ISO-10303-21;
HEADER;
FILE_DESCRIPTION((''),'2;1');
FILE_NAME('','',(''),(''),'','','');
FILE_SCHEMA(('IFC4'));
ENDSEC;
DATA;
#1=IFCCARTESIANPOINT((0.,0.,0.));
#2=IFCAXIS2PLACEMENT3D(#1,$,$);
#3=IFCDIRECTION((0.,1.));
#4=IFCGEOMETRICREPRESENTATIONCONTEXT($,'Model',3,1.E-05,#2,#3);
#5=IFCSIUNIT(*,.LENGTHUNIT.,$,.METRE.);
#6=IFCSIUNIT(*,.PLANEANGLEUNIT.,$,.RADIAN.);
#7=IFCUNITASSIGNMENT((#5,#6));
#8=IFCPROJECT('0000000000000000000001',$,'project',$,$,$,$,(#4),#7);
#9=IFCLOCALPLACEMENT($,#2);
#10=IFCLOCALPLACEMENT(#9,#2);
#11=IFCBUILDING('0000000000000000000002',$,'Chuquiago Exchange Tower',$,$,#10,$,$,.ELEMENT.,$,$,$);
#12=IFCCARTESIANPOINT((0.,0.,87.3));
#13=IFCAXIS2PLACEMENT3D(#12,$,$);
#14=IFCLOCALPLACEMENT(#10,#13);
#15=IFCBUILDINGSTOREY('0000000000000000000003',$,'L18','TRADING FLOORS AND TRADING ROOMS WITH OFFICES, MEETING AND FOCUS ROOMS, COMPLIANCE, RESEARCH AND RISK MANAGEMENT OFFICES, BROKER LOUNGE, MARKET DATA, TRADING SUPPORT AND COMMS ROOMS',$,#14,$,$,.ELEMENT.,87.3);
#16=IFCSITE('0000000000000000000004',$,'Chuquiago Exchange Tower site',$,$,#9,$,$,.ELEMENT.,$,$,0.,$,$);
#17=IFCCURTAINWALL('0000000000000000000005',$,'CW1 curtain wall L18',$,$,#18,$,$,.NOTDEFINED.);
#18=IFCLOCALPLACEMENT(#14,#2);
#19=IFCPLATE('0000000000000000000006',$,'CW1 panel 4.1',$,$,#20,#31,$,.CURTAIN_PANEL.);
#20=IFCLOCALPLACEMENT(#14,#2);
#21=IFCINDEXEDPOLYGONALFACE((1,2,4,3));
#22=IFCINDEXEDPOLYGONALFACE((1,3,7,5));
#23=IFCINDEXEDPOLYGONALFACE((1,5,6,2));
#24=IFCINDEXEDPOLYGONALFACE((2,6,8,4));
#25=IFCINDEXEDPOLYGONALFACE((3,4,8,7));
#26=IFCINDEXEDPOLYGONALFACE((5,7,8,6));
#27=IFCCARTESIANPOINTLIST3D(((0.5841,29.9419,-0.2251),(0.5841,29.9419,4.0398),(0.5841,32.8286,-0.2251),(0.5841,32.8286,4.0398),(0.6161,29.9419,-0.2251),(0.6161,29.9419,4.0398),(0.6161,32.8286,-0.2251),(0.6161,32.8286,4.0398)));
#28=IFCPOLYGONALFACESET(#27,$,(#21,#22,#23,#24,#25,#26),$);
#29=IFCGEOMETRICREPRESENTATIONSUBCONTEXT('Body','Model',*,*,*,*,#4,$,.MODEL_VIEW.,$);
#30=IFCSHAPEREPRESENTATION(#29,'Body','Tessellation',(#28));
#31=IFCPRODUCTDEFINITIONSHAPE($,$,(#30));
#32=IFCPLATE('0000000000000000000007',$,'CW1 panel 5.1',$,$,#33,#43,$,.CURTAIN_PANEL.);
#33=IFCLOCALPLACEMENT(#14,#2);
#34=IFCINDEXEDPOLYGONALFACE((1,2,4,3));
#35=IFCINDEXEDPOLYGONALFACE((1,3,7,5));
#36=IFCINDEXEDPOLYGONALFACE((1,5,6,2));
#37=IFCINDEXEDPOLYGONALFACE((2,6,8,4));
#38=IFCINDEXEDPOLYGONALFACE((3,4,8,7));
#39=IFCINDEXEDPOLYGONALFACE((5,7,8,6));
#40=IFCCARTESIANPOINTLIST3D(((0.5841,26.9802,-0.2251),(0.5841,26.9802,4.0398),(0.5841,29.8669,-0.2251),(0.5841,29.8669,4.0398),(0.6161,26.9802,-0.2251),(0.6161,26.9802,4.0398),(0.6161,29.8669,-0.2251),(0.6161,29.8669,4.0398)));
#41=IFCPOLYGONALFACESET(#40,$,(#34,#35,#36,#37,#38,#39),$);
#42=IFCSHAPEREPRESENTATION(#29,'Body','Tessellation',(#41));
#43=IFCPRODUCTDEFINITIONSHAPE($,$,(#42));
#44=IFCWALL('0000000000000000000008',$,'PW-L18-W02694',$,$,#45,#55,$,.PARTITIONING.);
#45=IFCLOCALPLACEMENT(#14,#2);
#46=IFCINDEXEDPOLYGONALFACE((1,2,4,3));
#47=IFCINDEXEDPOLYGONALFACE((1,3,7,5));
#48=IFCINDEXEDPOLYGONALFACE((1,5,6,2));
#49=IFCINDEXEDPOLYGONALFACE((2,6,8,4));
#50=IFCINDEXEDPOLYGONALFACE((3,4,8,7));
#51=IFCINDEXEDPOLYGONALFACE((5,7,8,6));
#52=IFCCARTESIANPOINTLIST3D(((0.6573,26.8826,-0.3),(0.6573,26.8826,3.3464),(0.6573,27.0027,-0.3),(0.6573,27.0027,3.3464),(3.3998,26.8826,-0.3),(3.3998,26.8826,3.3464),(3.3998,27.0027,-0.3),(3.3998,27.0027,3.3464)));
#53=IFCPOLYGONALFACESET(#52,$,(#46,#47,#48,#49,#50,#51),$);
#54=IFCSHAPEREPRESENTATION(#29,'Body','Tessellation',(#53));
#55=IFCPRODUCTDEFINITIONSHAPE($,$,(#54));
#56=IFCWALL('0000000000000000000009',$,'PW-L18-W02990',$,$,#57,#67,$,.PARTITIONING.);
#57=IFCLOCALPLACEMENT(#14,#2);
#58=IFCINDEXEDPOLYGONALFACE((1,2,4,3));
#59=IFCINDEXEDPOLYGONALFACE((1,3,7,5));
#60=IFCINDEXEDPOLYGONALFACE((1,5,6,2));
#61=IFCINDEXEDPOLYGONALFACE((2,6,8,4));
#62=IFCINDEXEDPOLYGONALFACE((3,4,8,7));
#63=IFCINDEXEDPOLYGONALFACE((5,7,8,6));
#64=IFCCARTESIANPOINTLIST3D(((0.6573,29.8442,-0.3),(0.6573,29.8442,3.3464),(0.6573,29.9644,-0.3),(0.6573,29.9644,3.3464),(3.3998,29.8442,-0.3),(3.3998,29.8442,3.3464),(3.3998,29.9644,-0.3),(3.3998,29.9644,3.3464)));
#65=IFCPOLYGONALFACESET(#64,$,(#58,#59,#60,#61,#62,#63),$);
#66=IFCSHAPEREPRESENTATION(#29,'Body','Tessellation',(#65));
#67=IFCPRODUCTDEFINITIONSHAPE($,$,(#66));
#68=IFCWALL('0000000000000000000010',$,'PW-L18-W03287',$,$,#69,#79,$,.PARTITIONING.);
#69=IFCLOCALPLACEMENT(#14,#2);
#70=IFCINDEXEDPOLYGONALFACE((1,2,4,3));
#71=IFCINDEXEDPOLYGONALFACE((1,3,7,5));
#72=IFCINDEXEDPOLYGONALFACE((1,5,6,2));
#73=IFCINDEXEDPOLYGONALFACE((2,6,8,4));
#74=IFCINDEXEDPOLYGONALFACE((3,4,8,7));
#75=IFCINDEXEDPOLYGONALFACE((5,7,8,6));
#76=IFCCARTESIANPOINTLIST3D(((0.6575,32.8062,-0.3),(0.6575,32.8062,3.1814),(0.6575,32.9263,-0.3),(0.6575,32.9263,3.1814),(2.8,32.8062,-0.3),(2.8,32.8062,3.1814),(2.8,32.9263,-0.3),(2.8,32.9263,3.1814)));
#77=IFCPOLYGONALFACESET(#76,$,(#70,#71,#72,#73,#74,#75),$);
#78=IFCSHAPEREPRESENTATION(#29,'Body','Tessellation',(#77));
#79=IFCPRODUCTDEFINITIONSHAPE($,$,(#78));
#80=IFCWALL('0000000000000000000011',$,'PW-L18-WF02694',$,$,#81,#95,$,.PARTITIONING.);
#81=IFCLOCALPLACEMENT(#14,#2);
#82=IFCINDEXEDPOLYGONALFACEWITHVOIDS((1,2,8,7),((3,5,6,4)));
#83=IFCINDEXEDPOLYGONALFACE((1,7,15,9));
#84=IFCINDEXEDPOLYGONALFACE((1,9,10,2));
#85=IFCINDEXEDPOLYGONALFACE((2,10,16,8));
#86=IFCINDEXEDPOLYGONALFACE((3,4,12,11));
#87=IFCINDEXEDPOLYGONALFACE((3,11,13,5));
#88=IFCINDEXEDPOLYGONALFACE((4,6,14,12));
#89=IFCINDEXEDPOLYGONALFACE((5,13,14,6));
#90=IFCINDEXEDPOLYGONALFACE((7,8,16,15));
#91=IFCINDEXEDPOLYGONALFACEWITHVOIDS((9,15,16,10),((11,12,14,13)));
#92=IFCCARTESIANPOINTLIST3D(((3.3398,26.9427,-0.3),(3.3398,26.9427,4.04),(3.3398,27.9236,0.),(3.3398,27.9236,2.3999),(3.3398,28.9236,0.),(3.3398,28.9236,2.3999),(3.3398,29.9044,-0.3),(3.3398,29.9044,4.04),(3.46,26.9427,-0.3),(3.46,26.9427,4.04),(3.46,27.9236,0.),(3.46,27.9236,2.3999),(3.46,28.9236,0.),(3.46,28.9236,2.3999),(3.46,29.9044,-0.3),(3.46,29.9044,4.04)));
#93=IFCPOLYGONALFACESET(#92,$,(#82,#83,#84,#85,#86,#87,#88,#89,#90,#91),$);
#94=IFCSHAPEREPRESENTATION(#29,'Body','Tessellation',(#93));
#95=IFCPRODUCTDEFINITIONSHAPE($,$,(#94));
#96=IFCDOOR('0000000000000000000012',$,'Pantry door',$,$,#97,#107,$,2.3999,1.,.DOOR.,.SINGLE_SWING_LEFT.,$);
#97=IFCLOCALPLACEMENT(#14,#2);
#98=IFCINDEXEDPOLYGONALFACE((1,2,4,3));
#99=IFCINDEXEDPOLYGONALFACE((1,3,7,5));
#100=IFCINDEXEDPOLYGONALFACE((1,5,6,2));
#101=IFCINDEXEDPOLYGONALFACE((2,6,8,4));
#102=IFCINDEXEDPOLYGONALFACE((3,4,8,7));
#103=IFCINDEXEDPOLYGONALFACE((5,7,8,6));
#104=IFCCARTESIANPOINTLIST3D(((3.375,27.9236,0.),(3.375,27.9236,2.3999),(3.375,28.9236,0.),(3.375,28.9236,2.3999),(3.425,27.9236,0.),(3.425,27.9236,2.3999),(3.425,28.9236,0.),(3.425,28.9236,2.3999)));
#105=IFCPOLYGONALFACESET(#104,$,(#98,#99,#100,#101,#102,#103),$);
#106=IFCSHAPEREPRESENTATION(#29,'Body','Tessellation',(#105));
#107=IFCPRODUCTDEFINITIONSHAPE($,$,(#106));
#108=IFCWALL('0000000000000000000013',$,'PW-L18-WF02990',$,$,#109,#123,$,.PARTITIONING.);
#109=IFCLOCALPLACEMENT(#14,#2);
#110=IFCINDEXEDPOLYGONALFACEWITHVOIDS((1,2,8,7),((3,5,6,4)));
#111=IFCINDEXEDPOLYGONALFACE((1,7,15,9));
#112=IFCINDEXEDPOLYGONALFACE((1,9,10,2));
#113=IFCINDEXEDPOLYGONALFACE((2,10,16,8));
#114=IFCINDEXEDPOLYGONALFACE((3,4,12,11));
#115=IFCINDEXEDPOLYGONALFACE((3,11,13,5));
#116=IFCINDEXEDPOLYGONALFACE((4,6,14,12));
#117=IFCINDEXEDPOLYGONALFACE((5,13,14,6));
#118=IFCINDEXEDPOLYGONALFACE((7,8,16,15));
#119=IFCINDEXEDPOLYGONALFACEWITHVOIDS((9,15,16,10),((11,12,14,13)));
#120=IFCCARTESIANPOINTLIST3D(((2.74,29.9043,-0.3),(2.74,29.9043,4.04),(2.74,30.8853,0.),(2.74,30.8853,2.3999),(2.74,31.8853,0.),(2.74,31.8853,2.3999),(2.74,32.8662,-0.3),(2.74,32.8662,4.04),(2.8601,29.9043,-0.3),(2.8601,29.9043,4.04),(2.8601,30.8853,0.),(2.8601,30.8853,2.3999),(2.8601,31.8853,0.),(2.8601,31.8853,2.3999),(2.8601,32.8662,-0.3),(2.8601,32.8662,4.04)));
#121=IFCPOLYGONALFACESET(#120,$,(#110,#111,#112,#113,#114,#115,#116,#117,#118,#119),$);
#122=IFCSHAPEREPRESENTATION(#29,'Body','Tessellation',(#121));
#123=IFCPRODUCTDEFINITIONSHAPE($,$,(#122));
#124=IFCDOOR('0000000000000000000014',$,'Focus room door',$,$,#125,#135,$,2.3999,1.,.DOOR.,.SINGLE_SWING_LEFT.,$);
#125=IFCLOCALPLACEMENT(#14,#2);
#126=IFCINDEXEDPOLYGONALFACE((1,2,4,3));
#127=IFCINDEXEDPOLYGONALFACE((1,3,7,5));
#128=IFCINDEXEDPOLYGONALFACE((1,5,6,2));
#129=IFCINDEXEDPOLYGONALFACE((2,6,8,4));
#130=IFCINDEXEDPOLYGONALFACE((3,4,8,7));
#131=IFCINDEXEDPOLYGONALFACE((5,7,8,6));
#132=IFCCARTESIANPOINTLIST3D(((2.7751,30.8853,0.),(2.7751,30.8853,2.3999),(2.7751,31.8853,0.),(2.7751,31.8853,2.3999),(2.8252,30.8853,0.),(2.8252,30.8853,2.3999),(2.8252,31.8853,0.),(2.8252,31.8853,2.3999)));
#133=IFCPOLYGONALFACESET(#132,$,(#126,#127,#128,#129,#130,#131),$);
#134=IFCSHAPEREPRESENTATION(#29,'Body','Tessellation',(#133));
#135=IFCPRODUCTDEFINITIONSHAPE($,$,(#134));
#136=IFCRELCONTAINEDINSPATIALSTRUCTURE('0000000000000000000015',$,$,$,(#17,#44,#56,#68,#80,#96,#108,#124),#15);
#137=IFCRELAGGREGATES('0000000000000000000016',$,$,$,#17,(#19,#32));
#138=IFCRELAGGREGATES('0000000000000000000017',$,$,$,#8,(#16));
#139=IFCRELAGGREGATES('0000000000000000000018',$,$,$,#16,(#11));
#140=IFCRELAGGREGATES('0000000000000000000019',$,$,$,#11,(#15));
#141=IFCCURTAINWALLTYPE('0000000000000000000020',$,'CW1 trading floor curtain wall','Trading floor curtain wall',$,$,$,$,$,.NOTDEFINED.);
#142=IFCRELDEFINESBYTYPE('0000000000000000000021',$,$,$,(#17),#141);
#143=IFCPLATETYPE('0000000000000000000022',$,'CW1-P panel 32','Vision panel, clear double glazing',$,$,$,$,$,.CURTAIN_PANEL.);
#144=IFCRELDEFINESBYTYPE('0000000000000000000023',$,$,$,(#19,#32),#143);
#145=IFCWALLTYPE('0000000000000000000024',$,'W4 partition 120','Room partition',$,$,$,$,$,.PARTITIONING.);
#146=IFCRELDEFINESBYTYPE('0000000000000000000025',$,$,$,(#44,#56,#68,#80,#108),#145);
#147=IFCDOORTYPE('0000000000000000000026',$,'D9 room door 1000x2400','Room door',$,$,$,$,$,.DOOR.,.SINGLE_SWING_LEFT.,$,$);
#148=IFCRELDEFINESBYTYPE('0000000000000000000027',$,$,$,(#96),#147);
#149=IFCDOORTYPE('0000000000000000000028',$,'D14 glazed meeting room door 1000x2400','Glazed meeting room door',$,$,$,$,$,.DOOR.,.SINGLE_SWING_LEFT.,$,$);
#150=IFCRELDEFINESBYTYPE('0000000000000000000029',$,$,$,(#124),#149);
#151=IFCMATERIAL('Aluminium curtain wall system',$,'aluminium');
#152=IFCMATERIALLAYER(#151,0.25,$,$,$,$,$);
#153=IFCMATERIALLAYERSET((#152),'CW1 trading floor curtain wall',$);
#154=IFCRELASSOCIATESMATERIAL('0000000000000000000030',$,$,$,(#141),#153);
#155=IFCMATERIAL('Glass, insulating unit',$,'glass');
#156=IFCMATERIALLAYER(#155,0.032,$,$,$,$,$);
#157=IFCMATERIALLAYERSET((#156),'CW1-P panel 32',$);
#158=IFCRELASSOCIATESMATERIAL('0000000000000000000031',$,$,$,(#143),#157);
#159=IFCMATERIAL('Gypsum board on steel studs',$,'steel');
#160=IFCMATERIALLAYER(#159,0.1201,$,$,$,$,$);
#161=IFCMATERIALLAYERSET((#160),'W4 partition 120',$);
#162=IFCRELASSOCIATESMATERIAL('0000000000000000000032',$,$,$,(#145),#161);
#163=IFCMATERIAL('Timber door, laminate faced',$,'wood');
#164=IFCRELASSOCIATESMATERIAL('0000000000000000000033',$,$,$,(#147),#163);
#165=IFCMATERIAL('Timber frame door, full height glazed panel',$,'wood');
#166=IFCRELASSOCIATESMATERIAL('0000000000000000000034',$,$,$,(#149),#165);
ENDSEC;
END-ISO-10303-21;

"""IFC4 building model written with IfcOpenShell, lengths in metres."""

from ifc_helpers import new_model, si_unit, direction, frame, frame_2d, origin, origin_2d, place, context, subcontext, project, spatial, rectangle, extrude, material, layer, layer_set, type_object, element, fill, aggregate, save


model = new_model("IFC4")

# Units and contexts
model_context = context("Model", 3, precision=1e-05, world=origin(), true_north=direction((0.0, 1.0)))
body_context = subcontext(model_context, "Body", "Model", "MODEL_VIEW")
ifc_project = project(units=[si_unit("LENGTHUNIT", "METRE"), si_unit("PLANEANGLEUNIT", "RADIAN")], contexts=[model_context])

# Site, building, storey
site_placement = place(None, origin())
site = spatial("IfcSite", under=ifc_project, at=site_placement, Name="Chuquiago Exchange Tower site", CompositionType="ELEMENT", RefElevation=0.0)
building_placement = place(site_placement, origin())
building = spatial("IfcBuilding", under=site, at=building_placement, Name="Chuquiago Exchange Tower", CompositionType="ELEMENT")
storey_placement = place(building_placement, frame((0.0, 0.0, 87.3)))
storey = spatial("IfcBuildingStorey", under=building, at=storey_placement, Name="L18", Description="TRADING FLOORS AND TRADING ROOMS WITH OFFICES, MEETING AND FOCUS ROOMS, COMPLIANCE, RESEARCH AND RISK MANAGEMENT OFFICES, BROKER LOUNGE, MARKET DATA, TRADING SUPPORT AND COMMS ROOMS", CompositionType="ELEMENT", Elevation=87.3)

# Curtain wall
ifc_material_1 = material(Name="Aluminium curtain wall system", Category="aluminium")
ifc_layer_1 = layer(ifc_material_1, 0.25)
ifc_layer_set_1 = layer_set([ifc_layer_1], Name="CW1 trading floor curtain wall")
curtain_wall_type = type_object("IfcCurtainWallType", Name="CW1 trading floor curtain wall", Description="Trading floor curtain wall", PredefinedType="NOTDEFINED", material=ifc_layer_set_1)
curtain_wall_placement = place(storey_placement, origin())
curtain_wall = element("IfcCurtainWall", 1, at=curtain_wall_placement, inside=storey, type_object=curtain_wall_type, Name="CW1 curtain wall L18", PredefinedType="NOTDEFINED")

# Plates
ifc_material_2 = material(Name="Glass, insulating unit", Category="glass")
ifc_layer_2 = layer(ifc_material_2, 0.032)
ifc_layer_set_2 = layer_set([ifc_layer_2], Name="CW1-P panel 32")
plate_type = type_object("IfcPlateType", Name="CW1-P panel 32", Description="Vision panel, clear double glazing", PredefinedType="CURTAIN_PANEL", material=ifc_layer_set_2)
plate_1_placement = place(storey_placement, frame((0.6001, 31.3853, -0.2251), z_axis=(0.0, 0.0, 1.0), x_axis=(0.0, -1.0, 0.0)))
plate_1 = element("IfcPlate", 2, at=plate_1_placement, type_object=plate_type, Name="CW1 panel 4.1", PredefinedType="CURTAIN_PANEL", context=body_context, shape_type="SweptSolid", body=[
    extrude(rectangle(XDim=2.8867, YDim=0.032, at=origin_2d()), origin(), (0.0, 0.0, 1.0), 4.2649),
])
plate_2_placement = place(storey_placement, frame((0.6001, 28.4236, -0.2251), z_axis=(0.0, 0.0, 1.0), x_axis=(0.0, -1.0, 0.0)))
plate_2 = element("IfcPlate", 3, at=plate_2_placement, type_object=plate_type, Name="CW1 panel 5.1", PredefinedType="CURTAIN_PANEL", context=body_context, shape_type="SweptSolid", body=[
    extrude(rectangle(XDim=2.8867, YDim=0.032, at=origin_2d()), origin(), (0.0, 0.0, 1.0), 4.2649),
])
aggregate(curtain_wall, [plate_1, plate_2])

# Walls
ifc_material_3 = material(Name="Gypsum board on steel studs", Category="steel")
ifc_layer_3 = layer(ifc_material_3, 0.1201)
ifc_layer_set_3 = layer_set([ifc_layer_3], Name="W4 partition 120")
wall_type = type_object("IfcWallType", Name="W4 partition 120", Description="Room partition", PredefinedType="PARTITIONING", material=ifc_layer_set_3)
for number, where, z_axis, x_axis, name in (
    (4, (0.6575, 26.9426, -0.3), (0.0, 0.0, 1.0), (1.0, 0.0, 0.0), "PW-L18-W02694"),
    (5, (0.6575, 29.9043, -0.3), (0.0, 0.0, 1.0), (1.0, 0.0, 0.0), "PW-L18-W02990"),
):
    element("IfcWall", number, at=place(storey_placement, frame(where, z_axis=z_axis, x_axis=x_axis)), inside=storey, type_object=wall_type, Name=name, PredefinedType="PARTITIONING", context=body_context, shape_type="SweptSolid", body=[
        extrude(rectangle(XDim=2.7424, YDim=0.1201, at=frame_2d((1.3711, 0.0))), origin(), (0.0, 0.0, 1.0), 3.6465),
    ])
wall_1_placement = place(storey_placement, frame((0.6575, 32.8662, -0.3), z_axis=(0.0, 0.0, 1.0), x_axis=(1.0, 0.0, 0.0)))
element("IfcWall", 6, at=wall_1_placement, inside=storey, type_object=wall_type, Name="PW-L18-W03287", PredefinedType="PARTITIONING", context=body_context, shape_type="SweptSolid", body=[
    extrude(rectangle(XDim=2.1426, YDim=0.1201, at=frame_2d((1.0713, 0.0))), origin(), (0.0, 0.0, 1.0), 3.4814),
])

# Walls, openings, doors
wall_2_placement = place(storey_placement, frame((3.3999, 26.9426, -0.3), z_axis=(0.0, 0.0, 1.0), x_axis=(0.0, 1.0, 0.0)))
wall_2 = element("IfcWall", 7, at=wall_2_placement, inside=storey, type_object=wall_type, Name="PW-L18-WF02694", PredefinedType="PARTITIONING", context=body_context, shape_type="SweptSolid", body=[
    extrude(rectangle(XDim=2.9617, YDim=0.1201, at=frame_2d((1.481, 0.0))), origin(), (0.0, 0.0, 1.0), 4.3401),
])
opening_1_placement = place(wall_2_placement, frame((0.981, 0.0, 0.3)))
opening_1 = element("IfcOpeningElement", 8, at=opening_1_placement, cuts=wall_2, PredefinedType="OPENING", context=body_context, shape_type="SweptSolid", body=[
    extrude(rectangle(XDim=1.0, YDim=2.3999, at=frame_2d((0.5, 1.2))), frame((0.0, 0.0701, 0.0), z_axis=(0.0, -1.0, 0.0), x_axis=(1.0, 0.0, 0.0)), (0.0, 0.0, 1.0), 0.1401),
])
ifc_material_4 = material(Name="Timber door, laminate faced", Category="wood")
door_type_1 = type_object("IfcDoorType", Name="D9 room door 1000x2400", Description="Room door", OperationType="SINGLE_SWING_LEFT", PredefinedType="DOOR", material=ifc_material_4)
door_1_placement = place(opening_1_placement, origin())
door_1 = element("IfcDoor", 9, at=door_1_placement, inside=storey, type_object=door_type_1, Name="Pantry door", OperationType="SINGLE_SWING_LEFT", OverallHeight=2.3999, OverallWidth=1.0, PredefinedType="DOOR", context=body_context, shape_type="SweptSolid", body=[
    extrude(rectangle(XDim=1.0, YDim=2.3999, at=frame_2d((0.5, 1.2))), frame((0.0, 0.0249, 0.0), z_axis=(0.0, -1.0, 0.0), x_axis=(1.0, 0.0, 0.0)), (0.0, 0.0, 1.0), 0.05),
])
fill(opening_1, door_1)
wall_3_placement = place(storey_placement, frame((2.8, 29.9043, -0.3), z_axis=(0.0, 0.0, 1.0), x_axis=(0.0, 1.0, 0.0)))
wall_3 = element("IfcWall", 10, at=wall_3_placement, inside=storey, type_object=wall_type, Name="PW-L18-WF02990", PredefinedType="PARTITIONING", context=body_context, shape_type="SweptSolid", body=[
    extrude(rectangle(XDim=2.9619, YDim=0.1201, at=frame_2d((1.481, 0.0))), origin(), (0.0, 0.0, 1.0), 4.3401),
])
opening_2_placement = place(wall_3_placement, frame((0.981, 0.0, 0.3)))
opening_2 = element("IfcOpeningElement", 11, at=opening_2_placement, cuts=wall_3, PredefinedType="OPENING", context=body_context, shape_type="SweptSolid", body=[
    extrude(rectangle(XDim=1.0, YDim=2.3999, at=frame_2d((0.5, 1.2))), frame((0.0, 0.0701, 0.0), z_axis=(0.0, -1.0, 0.0), x_axis=(1.0, 0.0, 0.0)), (0.0, 0.0, 1.0), 0.1401),
])
ifc_material_5 = material(Name="Timber frame door, full height glazed panel", Category="wood")
door_type_2 = type_object("IfcDoorType", Name="D14 glazed meeting room door 1000x2400", Description="Glazed meeting room door", OperationType="SINGLE_SWING_LEFT", PredefinedType="DOOR", material=ifc_material_5)
door_2_placement = place(opening_2_placement, origin())
door_2 = element("IfcDoor", 12, at=door_2_placement, inside=storey, type_object=door_type_2, Name="Focus room door", OperationType="SINGLE_SWING_LEFT", OverallHeight=2.3999, OverallWidth=1.0, PredefinedType="DOOR", context=body_context, shape_type="SweptSolid", body=[
    extrude(rectangle(XDim=1.0, YDim=2.3999, at=frame_2d((0.5, 1.2))), frame((0.0, 0.0249, 0.0), z_axis=(0.0, -1.0, 0.0), x_axis=(1.0, 0.0, 0.0)), (0.0, 0.0, 1.0), 0.05),
])
fill(opening_2, door_2)

save(model, "model.ifc")
